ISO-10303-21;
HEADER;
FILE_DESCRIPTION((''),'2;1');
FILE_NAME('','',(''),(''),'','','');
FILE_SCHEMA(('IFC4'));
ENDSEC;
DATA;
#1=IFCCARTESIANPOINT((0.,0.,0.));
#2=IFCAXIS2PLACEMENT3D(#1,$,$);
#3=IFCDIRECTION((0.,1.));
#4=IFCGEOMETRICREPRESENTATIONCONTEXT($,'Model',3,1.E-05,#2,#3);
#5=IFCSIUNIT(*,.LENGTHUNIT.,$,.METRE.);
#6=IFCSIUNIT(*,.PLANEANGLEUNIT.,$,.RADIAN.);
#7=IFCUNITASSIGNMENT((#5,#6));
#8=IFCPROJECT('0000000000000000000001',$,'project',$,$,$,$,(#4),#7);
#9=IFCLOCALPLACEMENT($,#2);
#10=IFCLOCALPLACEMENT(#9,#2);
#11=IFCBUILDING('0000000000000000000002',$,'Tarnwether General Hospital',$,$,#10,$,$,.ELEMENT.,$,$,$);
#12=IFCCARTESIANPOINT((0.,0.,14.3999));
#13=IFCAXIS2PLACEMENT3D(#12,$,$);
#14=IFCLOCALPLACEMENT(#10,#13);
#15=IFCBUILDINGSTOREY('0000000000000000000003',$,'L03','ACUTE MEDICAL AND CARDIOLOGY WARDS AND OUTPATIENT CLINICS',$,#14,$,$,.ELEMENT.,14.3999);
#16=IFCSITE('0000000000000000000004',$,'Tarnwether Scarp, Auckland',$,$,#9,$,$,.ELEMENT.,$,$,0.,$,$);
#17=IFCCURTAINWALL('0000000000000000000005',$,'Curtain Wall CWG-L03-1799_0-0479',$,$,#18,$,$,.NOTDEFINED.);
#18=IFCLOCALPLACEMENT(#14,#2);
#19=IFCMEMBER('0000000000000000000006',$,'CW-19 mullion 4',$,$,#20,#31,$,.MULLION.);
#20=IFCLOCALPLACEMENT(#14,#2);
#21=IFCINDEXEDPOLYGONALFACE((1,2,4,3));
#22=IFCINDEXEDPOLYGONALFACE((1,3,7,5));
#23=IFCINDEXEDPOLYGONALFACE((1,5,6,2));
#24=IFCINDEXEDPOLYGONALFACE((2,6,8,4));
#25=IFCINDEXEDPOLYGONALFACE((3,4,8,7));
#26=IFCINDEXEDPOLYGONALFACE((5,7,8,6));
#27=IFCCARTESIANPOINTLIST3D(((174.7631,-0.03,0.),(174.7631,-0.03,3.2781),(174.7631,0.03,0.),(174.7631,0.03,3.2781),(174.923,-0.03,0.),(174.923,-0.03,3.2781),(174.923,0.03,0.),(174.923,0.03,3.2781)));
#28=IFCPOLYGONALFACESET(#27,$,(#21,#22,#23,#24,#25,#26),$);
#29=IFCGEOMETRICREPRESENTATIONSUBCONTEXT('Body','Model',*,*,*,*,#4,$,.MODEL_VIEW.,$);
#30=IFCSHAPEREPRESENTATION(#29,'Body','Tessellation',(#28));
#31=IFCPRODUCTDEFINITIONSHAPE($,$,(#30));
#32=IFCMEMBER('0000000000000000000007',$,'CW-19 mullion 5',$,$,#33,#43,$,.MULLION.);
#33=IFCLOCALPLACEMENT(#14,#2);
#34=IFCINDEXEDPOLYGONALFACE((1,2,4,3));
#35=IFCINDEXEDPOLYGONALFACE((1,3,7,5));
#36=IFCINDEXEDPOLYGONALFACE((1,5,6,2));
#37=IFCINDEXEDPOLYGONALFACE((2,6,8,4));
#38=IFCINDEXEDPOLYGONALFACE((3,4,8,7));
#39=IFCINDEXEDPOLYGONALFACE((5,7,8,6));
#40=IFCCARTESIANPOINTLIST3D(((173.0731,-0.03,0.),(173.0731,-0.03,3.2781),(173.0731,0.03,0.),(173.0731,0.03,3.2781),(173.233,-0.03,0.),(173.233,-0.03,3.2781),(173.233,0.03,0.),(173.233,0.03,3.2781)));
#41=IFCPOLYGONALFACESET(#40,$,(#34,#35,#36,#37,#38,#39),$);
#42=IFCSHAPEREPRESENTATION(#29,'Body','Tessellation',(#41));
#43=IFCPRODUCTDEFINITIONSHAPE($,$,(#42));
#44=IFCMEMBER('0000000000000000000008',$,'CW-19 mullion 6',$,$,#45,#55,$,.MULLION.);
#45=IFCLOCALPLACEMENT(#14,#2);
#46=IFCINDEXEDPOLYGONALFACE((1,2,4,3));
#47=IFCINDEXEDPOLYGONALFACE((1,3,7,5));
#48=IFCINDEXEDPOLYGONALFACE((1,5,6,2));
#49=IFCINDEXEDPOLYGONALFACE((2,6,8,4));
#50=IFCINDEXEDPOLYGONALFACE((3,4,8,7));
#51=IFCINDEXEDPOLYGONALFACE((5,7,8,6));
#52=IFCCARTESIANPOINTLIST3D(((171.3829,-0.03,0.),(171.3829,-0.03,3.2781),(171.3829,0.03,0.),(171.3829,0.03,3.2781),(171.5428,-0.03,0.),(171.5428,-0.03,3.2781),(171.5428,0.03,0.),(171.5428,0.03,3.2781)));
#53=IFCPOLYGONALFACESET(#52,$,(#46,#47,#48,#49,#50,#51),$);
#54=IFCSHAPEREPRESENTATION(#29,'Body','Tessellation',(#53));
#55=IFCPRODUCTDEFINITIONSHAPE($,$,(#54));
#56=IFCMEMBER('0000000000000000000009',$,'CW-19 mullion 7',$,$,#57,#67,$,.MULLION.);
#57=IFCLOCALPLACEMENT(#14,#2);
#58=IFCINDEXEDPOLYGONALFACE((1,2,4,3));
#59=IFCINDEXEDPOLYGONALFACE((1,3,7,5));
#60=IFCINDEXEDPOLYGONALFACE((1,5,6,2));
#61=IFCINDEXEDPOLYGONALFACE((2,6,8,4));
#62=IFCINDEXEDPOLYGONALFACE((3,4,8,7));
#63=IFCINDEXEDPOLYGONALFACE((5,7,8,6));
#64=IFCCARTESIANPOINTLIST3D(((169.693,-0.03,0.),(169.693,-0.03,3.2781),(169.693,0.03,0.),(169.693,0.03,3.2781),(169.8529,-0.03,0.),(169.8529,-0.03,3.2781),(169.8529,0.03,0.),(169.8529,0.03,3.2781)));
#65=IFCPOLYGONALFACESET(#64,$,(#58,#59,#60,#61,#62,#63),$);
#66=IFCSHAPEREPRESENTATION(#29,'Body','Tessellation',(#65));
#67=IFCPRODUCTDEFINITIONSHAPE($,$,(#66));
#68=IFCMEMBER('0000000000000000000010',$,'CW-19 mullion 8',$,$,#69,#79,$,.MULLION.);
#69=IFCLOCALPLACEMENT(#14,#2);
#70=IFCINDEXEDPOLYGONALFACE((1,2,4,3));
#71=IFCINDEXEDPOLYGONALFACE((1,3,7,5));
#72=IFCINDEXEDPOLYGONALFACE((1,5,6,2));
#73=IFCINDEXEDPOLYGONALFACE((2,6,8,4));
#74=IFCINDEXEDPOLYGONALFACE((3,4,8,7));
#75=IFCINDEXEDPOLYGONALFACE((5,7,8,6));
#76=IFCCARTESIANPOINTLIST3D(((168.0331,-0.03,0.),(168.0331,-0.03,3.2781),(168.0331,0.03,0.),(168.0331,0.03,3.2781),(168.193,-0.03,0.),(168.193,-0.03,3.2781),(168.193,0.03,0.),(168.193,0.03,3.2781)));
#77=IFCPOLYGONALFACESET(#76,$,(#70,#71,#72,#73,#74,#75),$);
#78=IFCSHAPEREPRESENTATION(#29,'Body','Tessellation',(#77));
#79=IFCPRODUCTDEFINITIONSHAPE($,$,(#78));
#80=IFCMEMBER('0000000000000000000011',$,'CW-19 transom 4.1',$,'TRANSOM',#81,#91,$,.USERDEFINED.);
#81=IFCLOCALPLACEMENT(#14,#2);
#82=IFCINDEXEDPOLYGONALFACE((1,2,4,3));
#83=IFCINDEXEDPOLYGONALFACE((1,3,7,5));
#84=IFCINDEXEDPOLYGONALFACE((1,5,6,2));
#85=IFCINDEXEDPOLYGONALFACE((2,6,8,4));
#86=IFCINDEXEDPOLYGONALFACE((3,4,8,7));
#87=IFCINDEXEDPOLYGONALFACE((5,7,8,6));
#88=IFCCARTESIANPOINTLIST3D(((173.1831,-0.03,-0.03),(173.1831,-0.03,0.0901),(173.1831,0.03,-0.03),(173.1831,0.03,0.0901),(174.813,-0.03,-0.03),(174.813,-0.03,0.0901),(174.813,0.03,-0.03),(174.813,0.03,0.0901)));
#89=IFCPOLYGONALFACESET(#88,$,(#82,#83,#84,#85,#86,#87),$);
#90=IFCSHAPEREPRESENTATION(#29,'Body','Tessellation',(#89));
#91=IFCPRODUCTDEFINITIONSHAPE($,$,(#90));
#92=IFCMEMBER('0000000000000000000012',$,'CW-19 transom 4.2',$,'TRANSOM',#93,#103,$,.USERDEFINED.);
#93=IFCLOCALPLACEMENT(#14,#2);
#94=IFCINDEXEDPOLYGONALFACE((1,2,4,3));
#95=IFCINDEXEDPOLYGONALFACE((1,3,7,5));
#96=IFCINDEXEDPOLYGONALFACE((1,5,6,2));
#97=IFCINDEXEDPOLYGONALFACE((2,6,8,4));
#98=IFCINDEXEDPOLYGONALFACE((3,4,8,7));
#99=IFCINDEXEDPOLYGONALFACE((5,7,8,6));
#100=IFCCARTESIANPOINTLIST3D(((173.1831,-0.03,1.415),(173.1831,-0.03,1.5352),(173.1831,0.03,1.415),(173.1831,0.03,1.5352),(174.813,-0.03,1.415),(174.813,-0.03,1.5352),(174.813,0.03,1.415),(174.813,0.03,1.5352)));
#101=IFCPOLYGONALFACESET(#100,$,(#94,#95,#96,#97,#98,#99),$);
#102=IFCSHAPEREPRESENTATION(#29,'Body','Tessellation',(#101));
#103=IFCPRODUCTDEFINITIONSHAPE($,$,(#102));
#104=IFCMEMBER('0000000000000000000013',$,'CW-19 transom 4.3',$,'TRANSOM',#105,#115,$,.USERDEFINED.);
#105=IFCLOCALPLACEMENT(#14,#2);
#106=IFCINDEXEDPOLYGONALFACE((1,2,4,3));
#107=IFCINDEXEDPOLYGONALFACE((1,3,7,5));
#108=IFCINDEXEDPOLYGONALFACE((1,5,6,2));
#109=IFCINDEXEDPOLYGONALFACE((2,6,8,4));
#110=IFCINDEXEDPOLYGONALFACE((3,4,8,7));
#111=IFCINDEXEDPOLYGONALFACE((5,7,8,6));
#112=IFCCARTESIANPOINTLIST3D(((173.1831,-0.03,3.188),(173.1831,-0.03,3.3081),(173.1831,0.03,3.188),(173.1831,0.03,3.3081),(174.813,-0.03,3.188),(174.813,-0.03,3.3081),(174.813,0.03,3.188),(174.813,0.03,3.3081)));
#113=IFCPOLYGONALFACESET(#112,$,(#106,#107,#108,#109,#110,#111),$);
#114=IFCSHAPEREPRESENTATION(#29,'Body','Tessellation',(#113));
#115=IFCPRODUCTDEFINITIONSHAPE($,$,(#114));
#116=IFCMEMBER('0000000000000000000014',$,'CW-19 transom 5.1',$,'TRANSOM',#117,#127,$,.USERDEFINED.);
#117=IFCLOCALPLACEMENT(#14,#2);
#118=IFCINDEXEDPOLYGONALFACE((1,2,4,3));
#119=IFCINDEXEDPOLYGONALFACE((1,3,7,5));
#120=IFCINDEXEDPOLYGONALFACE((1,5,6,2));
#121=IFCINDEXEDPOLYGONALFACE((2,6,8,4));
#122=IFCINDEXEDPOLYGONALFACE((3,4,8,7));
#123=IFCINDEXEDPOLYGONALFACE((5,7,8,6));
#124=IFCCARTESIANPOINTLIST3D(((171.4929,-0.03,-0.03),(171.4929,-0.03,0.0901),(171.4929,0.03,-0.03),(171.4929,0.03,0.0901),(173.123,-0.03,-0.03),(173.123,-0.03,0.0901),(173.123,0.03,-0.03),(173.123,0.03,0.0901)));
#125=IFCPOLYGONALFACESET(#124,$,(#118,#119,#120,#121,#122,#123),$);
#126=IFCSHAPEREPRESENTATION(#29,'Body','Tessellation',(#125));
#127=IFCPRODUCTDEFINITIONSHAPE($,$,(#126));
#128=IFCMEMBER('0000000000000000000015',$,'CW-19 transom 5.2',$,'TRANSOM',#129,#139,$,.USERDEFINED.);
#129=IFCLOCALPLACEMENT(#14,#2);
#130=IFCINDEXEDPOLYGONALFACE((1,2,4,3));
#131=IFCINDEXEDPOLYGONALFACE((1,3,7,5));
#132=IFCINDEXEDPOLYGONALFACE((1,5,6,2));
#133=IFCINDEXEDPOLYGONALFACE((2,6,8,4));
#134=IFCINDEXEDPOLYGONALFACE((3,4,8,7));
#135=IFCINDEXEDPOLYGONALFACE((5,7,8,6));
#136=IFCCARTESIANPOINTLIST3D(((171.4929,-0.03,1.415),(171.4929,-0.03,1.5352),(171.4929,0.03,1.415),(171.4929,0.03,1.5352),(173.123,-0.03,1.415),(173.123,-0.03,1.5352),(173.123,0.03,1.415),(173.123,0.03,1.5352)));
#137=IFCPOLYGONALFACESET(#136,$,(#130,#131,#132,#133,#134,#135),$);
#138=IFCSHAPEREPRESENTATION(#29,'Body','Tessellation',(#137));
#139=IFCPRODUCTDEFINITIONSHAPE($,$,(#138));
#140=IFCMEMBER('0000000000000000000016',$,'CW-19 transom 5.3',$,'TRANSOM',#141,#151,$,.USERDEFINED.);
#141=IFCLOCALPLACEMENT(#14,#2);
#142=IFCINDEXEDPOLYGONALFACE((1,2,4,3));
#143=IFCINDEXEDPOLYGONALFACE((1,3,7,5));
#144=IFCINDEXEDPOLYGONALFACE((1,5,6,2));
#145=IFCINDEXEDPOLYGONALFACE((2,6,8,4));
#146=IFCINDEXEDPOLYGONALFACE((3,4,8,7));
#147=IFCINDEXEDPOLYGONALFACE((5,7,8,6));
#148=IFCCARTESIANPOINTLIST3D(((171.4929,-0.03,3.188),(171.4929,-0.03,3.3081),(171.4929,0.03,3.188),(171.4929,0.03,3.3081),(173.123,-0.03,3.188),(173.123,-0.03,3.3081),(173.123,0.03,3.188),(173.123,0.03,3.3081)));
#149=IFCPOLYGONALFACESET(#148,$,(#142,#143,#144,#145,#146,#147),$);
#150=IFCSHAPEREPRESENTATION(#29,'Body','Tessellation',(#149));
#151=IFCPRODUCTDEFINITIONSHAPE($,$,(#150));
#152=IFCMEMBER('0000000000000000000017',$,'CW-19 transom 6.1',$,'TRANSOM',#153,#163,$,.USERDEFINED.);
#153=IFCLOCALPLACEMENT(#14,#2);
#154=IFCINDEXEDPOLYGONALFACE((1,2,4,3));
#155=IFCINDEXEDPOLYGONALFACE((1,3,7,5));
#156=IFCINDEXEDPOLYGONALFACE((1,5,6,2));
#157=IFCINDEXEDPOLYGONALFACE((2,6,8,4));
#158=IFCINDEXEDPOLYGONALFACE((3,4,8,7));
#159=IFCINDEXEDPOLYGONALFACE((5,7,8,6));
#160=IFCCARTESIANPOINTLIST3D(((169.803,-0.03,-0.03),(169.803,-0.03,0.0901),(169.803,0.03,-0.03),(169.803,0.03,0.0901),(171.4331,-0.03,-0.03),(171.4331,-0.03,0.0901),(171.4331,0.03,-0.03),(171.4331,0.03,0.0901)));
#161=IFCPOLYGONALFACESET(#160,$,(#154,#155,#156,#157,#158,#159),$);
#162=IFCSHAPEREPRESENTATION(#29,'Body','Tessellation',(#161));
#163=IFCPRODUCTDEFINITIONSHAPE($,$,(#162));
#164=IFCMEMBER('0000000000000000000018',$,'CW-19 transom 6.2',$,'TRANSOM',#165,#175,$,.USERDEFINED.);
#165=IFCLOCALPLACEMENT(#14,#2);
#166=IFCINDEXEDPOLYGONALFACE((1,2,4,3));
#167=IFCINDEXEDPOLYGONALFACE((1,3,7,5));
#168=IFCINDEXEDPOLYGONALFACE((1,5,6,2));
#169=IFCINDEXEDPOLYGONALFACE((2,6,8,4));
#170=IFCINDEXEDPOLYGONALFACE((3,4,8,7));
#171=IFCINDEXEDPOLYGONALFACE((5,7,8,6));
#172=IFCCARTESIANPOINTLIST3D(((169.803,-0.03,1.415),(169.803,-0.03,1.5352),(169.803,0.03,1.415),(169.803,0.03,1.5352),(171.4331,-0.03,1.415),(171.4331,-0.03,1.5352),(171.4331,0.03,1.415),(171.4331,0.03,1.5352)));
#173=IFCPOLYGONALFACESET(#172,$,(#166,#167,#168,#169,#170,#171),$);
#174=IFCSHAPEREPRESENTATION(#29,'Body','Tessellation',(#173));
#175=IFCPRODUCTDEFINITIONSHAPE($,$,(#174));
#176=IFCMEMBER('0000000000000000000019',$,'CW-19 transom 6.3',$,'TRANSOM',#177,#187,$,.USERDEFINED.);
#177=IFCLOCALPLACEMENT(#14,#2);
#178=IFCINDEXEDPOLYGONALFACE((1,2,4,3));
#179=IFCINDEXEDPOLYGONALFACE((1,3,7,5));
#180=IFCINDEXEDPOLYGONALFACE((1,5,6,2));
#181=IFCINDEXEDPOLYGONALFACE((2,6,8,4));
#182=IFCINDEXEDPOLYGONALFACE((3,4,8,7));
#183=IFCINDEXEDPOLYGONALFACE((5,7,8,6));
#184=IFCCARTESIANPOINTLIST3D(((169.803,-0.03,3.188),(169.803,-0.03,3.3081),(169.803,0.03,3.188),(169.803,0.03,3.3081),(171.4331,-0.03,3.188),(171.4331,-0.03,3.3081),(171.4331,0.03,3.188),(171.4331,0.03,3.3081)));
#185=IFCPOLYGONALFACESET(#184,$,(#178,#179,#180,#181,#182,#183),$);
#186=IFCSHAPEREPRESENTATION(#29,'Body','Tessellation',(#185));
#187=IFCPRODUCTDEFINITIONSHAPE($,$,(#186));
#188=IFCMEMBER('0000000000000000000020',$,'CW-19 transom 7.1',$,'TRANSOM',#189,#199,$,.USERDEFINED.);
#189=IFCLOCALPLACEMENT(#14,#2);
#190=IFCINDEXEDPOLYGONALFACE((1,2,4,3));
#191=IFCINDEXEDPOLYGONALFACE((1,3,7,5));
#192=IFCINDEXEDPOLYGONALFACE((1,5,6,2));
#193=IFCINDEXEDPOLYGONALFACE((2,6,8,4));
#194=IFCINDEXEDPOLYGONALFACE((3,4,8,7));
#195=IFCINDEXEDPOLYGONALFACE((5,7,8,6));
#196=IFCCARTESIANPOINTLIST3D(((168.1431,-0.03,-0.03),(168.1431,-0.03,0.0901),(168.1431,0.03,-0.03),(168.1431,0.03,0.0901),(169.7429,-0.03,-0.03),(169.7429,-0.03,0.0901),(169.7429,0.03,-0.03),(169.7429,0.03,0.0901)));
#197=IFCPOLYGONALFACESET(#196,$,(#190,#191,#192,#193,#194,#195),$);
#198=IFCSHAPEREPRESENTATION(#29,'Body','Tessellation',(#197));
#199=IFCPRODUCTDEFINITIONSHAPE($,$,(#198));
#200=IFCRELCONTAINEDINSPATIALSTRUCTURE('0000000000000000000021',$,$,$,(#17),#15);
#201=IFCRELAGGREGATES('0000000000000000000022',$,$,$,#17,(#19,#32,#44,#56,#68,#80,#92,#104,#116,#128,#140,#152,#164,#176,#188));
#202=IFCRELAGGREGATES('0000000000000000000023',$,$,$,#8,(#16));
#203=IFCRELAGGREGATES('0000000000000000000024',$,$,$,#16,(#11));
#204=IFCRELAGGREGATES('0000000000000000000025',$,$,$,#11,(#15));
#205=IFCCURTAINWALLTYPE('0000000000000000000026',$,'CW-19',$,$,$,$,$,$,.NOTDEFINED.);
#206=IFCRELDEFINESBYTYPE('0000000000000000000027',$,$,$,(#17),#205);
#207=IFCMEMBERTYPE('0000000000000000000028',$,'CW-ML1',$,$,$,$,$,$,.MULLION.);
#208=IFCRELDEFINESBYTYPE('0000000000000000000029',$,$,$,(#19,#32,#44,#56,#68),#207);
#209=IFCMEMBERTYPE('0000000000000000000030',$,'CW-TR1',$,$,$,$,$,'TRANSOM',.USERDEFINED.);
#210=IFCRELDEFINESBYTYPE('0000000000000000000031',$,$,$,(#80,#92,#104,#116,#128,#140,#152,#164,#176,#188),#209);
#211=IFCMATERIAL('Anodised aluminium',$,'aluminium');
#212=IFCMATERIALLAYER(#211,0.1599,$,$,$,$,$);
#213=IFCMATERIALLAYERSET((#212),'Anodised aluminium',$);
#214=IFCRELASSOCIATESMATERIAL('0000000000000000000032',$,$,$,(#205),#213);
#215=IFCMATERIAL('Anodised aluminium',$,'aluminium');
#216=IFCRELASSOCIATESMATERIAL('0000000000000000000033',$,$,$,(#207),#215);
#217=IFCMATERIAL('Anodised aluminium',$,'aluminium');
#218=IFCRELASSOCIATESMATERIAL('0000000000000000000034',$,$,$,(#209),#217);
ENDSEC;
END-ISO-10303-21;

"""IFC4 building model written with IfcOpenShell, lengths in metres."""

from ifc_helpers import new_model, si_unit, direction, frame, origin, origin_2d, place, context, subcontext, project, spatial, rectangle, extrude, material, layer, layer_set, material_profile, profile_set, type_object, element, aggregate, save


model = new_model("IFC4")

# Units and contexts
model_context = context("Model", 3, precision=1e-05, world=origin(), true_north=direction((0.0, 1.0)))
body_context = subcontext(model_context, "Body", "Model", "MODEL_VIEW")
ifc_project = project(units=[si_unit("LENGTHUNIT", "METRE"), si_unit("PLANEANGLEUNIT", "RADIAN")], contexts=[model_context])

# Site, building, storey
site_placement = place(None, origin())
site = spatial("IfcSite", under=ifc_project, at=site_placement, Name="Tarnwether Scarp, Auckland", CompositionType="ELEMENT", RefElevation=0.0)
building_placement = place(site_placement, origin())
building = spatial("IfcBuilding", under=site, at=building_placement, Name="Tarnwether General Hospital", CompositionType="ELEMENT")
storey_placement = place(building_placement, frame((0.0, 0.0, 14.3999)))
storey = spatial("IfcBuildingStorey", under=building, at=storey_placement, Name="L03", Description="ACUTE MEDICAL AND CARDIOLOGY WARDS AND OUTPATIENT CLINICS", CompositionType="ELEMENT", Elevation=14.3999)

# Curtain wall, members
ifc_material_1 = material(Name="Anodised aluminium", Category="aluminium")
ifc_layer_1 = layer(ifc_material_1, 0.1599)
ifc_layer_set_1 = layer_set([ifc_layer_1], Name="Anodised aluminium")
curtain_wall_type = type_object("IfcCurtainWallType", Name="CW-19", PredefinedType="NOTDEFINED", material=ifc_layer_set_1)
curtain_wall_placement = place(storey_placement, origin())
curtain_wall = element("IfcCurtainWall", 1, at=curtain_wall_placement, inside=storey, type_object=curtain_wall_type, Name="Curtain Wall CWG-L03-1799_0-0479", PredefinedType="NOTDEFINED")
ifc_material_2 = material(Name="Anodised aluminium", Category="aluminium")
ifc_material_profile_1 = material_profile(ifc_material_2, rectangle(XDim=0.0601, YDim=0.1599, at=origin_2d()), Name="ALU-MUL-60x160")
ifc_profile_set_1 = profile_set([ifc_material_profile_1], Name="Anodised aluminium")
member_type_1 = type_object("IfcMemberType", Name="CW-ML1", PredefinedType="MULLION", material=ifc_profile_set_1)
member_1_placement = place(storey_placement, frame((174.843, 0.0, 0.0), z_axis=(0.0, 0.0, 1.0), x_axis=(0.0, -1.0, 0.0)))
member_1 = element("IfcMember", 2, at=member_1_placement, type_object=member_type_1, Name="CW-19 mullion 4", PredefinedType="MULLION", context=body_context, shape_type="SweptSolid", body=[
    extrude(rectangle(XDim=0.0601, YDim=0.1599, at=origin_2d()), origin(), (0.0, 0.0, 1.0), 3.2781),
])
member_2_placement = place(storey_placement, frame((173.1531, 0.0, 0.0), z_axis=(0.0, 0.0, 1.0), x_axis=(0.0, -1.0, 0.0)))
member_2 = element("IfcMember", 3, at=member_2_placement, type_object=member_type_1, Name="CW-19 mullion 5", PredefinedType="MULLION", context=body_context, shape_type="SweptSolid", body=[
    extrude(rectangle(XDim=0.0601, YDim=0.1599, at=origin_2d()), origin(), (0.0, 0.0, 1.0), 3.2781),
])
member_3_placement = place(storey_placement, frame((171.4629, 0.0, 0.0), z_axis=(0.0, 0.0, 1.0), x_axis=(0.0, -1.0, 0.0)))
member_3 = element("IfcMember", 4, at=member_3_placement, type_object=member_type_1, Name="CW-19 mullion 6", PredefinedType="MULLION", context=body_context, shape_type="SweptSolid", body=[
    extrude(rectangle(XDim=0.0601, YDim=0.1599, at=origin_2d()), origin(), (0.0, 0.0, 1.0), 3.2781),
])
member_4_placement = place(storey_placement, frame((169.7729, 0.0, 0.0), z_axis=(0.0, 0.0, 1.0), x_axis=(0.0, -1.0, 0.0)))
member_4 = element("IfcMember", 5, at=member_4_placement, type_object=member_type_1, Name="CW-19 mullion 7", PredefinedType="MULLION", context=body_context, shape_type="SweptSolid", body=[
    extrude(rectangle(XDim=0.0601, YDim=0.1599, at=origin_2d()), origin(), (0.0, 0.0, 1.0), 3.2781),
])
member_5_placement = place(storey_placement, frame((168.113, 0.0, 0.0), z_axis=(0.0, 0.0, 1.0), x_axis=(0.0, -1.0, 0.0)))
member_5 = element("IfcMember", 6, at=member_5_placement, type_object=member_type_1, Name="CW-19 mullion 8", PredefinedType="MULLION", context=body_context, shape_type="SweptSolid", body=[
    extrude(rectangle(XDim=0.0601, YDim=0.1599, at=origin_2d()), origin(), (0.0, 0.0, 1.0), 3.2781),
])
ifc_material_3 = material(Name="Anodised aluminium", Category="aluminium")
ifc_material_profile_2 = material_profile(ifc_material_3, rectangle(XDim=0.0601, YDim=0.1201, at=origin_2d()), Name="ALU-TRN-60x120")
ifc_profile_set_2 = profile_set([ifc_material_profile_2], Name="Anodised aluminium")
member_type_2 = type_object("IfcMemberType", Name="CW-TR1", ElementType="TRANSOM", PredefinedType="USERDEFINED", material=ifc_profile_set_2)
member_6_placement = place(storey_placement, frame((174.813, 0.0, 0.03), z_axis=(-1.0, 0.0, 0.0), x_axis=(0.0, -1.0, 0.0)))
member_6 = element("IfcMember", 7, at=member_6_placement, type_object=member_type_2, Name="CW-19 transom 4.1", ObjectType="TRANSOM", PredefinedType="USERDEFINED", context=body_context, shape_type="SweptSolid", body=[
    extrude(rectangle(XDim=0.0601, YDim=0.1201, at=origin_2d()), origin(), (0.0, 0.0, 1.0), 1.6299),
])
member_7_placement = place(storey_placement, frame((174.813, 0.0, 1.4751), z_axis=(-1.0, 0.0, 0.0), x_axis=(0.0, -1.0, 0.0)))
member_7 = element("IfcMember", 8, at=member_7_placement, type_object=member_type_2, Name="CW-19 transom 4.2", ObjectType="TRANSOM", PredefinedType="USERDEFINED", context=body_context, shape_type="SweptSolid", body=[
    extrude(rectangle(XDim=0.0601, YDim=0.1201, at=origin_2d()), origin(), (0.0, 0.0, 1.0), 1.6299),
])
member_8_placement = place(storey_placement, frame((174.813, 0.0, 3.248), z_axis=(-1.0, 0.0, 0.0), x_axis=(0.0, -1.0, 0.0)))
member_8 = element("IfcMember", 9, at=member_8_placement, type_object=member_type_2, Name="CW-19 transom 4.3", ObjectType="TRANSOM", PredefinedType="USERDEFINED", context=body_context, shape_type="SweptSolid", body=[
    extrude(rectangle(XDim=0.0601, YDim=0.1201, at=origin_2d()), origin(), (0.0, 0.0, 1.0), 1.6299),
])
member_9_placement = place(storey_placement, frame((173.123, 0.0, 0.03), z_axis=(-1.0, 0.0, 0.0), x_axis=(0.0, -1.0, 0.0)))
member_9 = element("IfcMember", 10, at=member_9_placement, type_object=member_type_2, Name="CW-19 transom 5.1", ObjectType="TRANSOM", PredefinedType="USERDEFINED", context=body_context, shape_type="SweptSolid", body=[
    extrude(rectangle(XDim=0.0601, YDim=0.1201, at=origin_2d()), origin(), (0.0, 0.0, 1.0), 1.6301),
])
member_10_placement = place(storey_placement, frame((173.123, 0.0, 1.4751), z_axis=(-1.0, 0.0, 0.0), x_axis=(0.0, -1.0, 0.0)))
member_10 = element("IfcMember", 11, at=member_10_placement, type_object=member_type_2, Name="CW-19 transom 5.2", ObjectType="TRANSOM", PredefinedType="USERDEFINED", context=body_context, shape_type="SweptSolid", body=[
    extrude(rectangle(XDim=0.0601, YDim=0.1201, at=origin_2d()), origin(), (0.0, 0.0, 1.0), 1.6301),
])
member_11_placement = place(storey_placement, frame((173.123, 0.0, 3.248), z_axis=(-1.0, 0.0, 0.0), x_axis=(0.0, -1.0, 0.0)))
member_11 = element("IfcMember", 12, at=member_11_placement, type_object=member_type_2, Name="CW-19 transom 5.3", ObjectType="TRANSOM", PredefinedType="USERDEFINED", context=body_context, shape_type="SweptSolid", body=[
    extrude(rectangle(XDim=0.0601, YDim=0.1201, at=origin_2d()), origin(), (0.0, 0.0, 1.0), 1.6301),
])
member_12_placement = place(storey_placement, frame((171.4331, 0.0, 0.03), z_axis=(-1.0, 0.0, 0.0), x_axis=(0.0, -1.0, 0.0)))
member_12 = element("IfcMember", 13, at=member_12_placement, type_object=member_type_2, Name="CW-19 transom 6.1", ObjectType="TRANSOM", PredefinedType="USERDEFINED", context=body_context, shape_type="SweptSolid", body=[
    extrude(rectangle(XDim=0.0601, YDim=0.1201, at=origin_2d()), origin(), (0.0, 0.0, 1.0), 1.6301),
])
member_13_placement = place(storey_placement, frame((171.4331, 0.0, 1.4751), z_axis=(-1.0, 0.0, 0.0), x_axis=(0.0, -1.0, 0.0)))
member_13 = element("IfcMember", 14, at=member_13_placement, type_object=member_type_2, Name="CW-19 transom 6.2", ObjectType="TRANSOM", PredefinedType="USERDEFINED", context=body_context, shape_type="SweptSolid", body=[
    extrude(rectangle(XDim=0.0601, YDim=0.1201, at=origin_2d()), origin(), (0.0, 0.0, 1.0), 1.6301),
])
member_14_placement = place(storey_placement, frame((171.4331, 0.0, 3.248), z_axis=(-1.0, 0.0, 0.0), x_axis=(0.0, -1.0, 0.0)))
member_14 = element("IfcMember", 15, at=member_14_placement, type_object=member_type_2, Name="CW-19 transom 6.3", ObjectType="TRANSOM", PredefinedType="USERDEFINED", context=body_context, shape_type="SweptSolid", body=[
    extrude(rectangle(XDim=0.0601, YDim=0.1201, at=origin_2d()), origin(), (0.0, 0.0, 1.0), 1.6301),
])
member_15_placement = place(storey_placement, frame((169.7429, 0.0, 0.03), z_axis=(-1.0, 0.0, 0.0), x_axis=(0.0, -1.0, 0.0)))
member_15 = element("IfcMember", 16, at=member_15_placement, type_object=member_type_2, Name="CW-19 transom 7.1", ObjectType="TRANSOM", PredefinedType="USERDEFINED", context=body_context, shape_type="SweptSolid", body=[
    extrude(rectangle(XDim=0.0601, YDim=0.1201, at=origin_2d()), origin(), (0.0, 0.0, 1.0), 1.5999),
])
aggregate(curtain_wall, [member_1, member_2, member_3, member_4, member_5, member_6, member_7, member_8, member_9, member_10, member_11, member_12, member_13, member_14, member_15])

save(model, "model.ifc")
